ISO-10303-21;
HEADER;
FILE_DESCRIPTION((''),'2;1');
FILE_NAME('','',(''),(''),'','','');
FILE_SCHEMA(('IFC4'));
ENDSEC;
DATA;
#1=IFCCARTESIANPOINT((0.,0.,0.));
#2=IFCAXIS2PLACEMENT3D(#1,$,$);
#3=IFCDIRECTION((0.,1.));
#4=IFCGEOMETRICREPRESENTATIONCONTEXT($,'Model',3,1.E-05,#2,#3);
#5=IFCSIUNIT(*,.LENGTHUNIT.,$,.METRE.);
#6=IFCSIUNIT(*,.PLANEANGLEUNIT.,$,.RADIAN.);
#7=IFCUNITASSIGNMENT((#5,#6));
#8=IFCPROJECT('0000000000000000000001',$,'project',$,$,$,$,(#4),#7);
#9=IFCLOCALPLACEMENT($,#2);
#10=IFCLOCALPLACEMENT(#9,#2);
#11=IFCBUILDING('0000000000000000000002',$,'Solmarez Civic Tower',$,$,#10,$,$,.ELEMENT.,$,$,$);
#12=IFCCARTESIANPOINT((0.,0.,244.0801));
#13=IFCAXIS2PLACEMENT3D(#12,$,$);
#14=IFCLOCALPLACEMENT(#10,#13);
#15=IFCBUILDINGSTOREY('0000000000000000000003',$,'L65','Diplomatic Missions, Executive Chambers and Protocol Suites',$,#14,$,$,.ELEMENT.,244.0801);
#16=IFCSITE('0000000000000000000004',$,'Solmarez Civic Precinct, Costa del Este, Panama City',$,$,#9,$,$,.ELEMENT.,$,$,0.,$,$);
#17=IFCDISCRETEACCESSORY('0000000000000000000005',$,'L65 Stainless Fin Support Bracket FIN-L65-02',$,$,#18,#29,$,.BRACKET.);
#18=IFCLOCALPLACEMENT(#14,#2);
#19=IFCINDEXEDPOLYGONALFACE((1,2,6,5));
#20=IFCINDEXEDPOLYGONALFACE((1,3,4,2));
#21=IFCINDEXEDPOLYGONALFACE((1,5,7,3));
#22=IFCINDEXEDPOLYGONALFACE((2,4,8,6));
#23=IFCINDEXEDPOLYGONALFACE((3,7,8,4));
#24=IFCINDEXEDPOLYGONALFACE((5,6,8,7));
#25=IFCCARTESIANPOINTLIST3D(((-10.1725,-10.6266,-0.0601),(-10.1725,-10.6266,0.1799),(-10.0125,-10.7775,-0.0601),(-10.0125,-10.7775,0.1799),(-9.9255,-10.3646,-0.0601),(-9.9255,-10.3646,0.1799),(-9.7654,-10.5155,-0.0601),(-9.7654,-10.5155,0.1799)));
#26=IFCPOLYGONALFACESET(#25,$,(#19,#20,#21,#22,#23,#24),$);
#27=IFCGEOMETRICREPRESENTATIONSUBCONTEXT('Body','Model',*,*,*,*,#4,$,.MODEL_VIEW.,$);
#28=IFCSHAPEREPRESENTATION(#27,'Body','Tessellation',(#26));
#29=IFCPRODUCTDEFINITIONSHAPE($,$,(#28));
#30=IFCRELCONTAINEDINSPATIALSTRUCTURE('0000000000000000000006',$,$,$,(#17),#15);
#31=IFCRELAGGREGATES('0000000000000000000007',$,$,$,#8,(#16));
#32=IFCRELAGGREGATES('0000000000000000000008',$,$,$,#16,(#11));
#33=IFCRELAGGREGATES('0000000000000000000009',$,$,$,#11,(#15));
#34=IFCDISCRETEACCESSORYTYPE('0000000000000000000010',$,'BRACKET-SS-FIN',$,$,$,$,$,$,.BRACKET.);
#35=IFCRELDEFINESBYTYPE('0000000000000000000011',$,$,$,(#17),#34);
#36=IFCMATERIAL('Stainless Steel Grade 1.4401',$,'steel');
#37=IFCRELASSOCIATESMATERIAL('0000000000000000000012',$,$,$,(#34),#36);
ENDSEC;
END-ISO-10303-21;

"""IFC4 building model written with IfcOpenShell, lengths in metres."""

from ifc_helpers import new_model, si_unit, direction, frame, origin, origin_2d, place, context, subcontext, project, spatial, rectangle, extrude, material, type_object, element, save


model = new_model("IFC4")

# Units and contexts
model_context = context("Model", 3, precision=1e-05, world=origin(), true_north=direction((0.0, 1.0)))
body_context = subcontext(model_context, "Body", "Model", "MODEL_VIEW")
ifc_project = project(units=[si_unit("LENGTHUNIT", "METRE"), si_unit("PLANEANGLEUNIT", "RADIAN")], contexts=[model_context])

# Site, building, storey
site_placement = place(None, origin())
site = spatial("IfcSite", under=ifc_project, at=site_placement, Name="Solmarez Civic Precinct, Costa del Este, Panama City", CompositionType="ELEMENT", RefElevation=0.0)
building_placement = place(site_placement, origin())
building = spatial("IfcBuilding", under=site, at=building_placement, Name="Solmarez Civic Tower", CompositionType="ELEMENT")
storey_placement = place(building_placement, frame((0.0, 0.0, 244.0801)))
storey = spatial("IfcBuildingStorey", under=building, at=storey_placement, Name="L65", Description="Diplomatic Missions, Executive Chambers and Protocol Suites", CompositionType="ELEMENT", Elevation=244.0801)

# Discrete accessory
ifc_material_1 = material(Name="Stainless Steel Grade 1.4401", Category="steel")
discrete_accessory_type = type_object("IfcDiscreteAccessoryType", Name="BRACKET-SS-FIN", PredefinedType="BRACKET", material=ifc_material_1)
discrete_accessory_placement = place(storey_placement, frame((-9.969, -10.571, -0.0601), z_axis=(0.0, 0.0, 1.0), x_axis=(-0.686067, -0.727538, 0.0)))
element("IfcDiscreteAccessory", 1, at=discrete_accessory_placement, inside=storey, type_object=discrete_accessory_type, Name="L65 Stainless Fin Support Bracket FIN-L65-02", PredefinedType="BRACKET", context=body_context, shape_type="SweptSolid", body=[
    extrude(rectangle(XDim=0.3601, YDim=0.22, at=origin_2d()), origin(), (0.0, 0.0, 1.0), 0.24),
])

save(model, "model.ifc")
